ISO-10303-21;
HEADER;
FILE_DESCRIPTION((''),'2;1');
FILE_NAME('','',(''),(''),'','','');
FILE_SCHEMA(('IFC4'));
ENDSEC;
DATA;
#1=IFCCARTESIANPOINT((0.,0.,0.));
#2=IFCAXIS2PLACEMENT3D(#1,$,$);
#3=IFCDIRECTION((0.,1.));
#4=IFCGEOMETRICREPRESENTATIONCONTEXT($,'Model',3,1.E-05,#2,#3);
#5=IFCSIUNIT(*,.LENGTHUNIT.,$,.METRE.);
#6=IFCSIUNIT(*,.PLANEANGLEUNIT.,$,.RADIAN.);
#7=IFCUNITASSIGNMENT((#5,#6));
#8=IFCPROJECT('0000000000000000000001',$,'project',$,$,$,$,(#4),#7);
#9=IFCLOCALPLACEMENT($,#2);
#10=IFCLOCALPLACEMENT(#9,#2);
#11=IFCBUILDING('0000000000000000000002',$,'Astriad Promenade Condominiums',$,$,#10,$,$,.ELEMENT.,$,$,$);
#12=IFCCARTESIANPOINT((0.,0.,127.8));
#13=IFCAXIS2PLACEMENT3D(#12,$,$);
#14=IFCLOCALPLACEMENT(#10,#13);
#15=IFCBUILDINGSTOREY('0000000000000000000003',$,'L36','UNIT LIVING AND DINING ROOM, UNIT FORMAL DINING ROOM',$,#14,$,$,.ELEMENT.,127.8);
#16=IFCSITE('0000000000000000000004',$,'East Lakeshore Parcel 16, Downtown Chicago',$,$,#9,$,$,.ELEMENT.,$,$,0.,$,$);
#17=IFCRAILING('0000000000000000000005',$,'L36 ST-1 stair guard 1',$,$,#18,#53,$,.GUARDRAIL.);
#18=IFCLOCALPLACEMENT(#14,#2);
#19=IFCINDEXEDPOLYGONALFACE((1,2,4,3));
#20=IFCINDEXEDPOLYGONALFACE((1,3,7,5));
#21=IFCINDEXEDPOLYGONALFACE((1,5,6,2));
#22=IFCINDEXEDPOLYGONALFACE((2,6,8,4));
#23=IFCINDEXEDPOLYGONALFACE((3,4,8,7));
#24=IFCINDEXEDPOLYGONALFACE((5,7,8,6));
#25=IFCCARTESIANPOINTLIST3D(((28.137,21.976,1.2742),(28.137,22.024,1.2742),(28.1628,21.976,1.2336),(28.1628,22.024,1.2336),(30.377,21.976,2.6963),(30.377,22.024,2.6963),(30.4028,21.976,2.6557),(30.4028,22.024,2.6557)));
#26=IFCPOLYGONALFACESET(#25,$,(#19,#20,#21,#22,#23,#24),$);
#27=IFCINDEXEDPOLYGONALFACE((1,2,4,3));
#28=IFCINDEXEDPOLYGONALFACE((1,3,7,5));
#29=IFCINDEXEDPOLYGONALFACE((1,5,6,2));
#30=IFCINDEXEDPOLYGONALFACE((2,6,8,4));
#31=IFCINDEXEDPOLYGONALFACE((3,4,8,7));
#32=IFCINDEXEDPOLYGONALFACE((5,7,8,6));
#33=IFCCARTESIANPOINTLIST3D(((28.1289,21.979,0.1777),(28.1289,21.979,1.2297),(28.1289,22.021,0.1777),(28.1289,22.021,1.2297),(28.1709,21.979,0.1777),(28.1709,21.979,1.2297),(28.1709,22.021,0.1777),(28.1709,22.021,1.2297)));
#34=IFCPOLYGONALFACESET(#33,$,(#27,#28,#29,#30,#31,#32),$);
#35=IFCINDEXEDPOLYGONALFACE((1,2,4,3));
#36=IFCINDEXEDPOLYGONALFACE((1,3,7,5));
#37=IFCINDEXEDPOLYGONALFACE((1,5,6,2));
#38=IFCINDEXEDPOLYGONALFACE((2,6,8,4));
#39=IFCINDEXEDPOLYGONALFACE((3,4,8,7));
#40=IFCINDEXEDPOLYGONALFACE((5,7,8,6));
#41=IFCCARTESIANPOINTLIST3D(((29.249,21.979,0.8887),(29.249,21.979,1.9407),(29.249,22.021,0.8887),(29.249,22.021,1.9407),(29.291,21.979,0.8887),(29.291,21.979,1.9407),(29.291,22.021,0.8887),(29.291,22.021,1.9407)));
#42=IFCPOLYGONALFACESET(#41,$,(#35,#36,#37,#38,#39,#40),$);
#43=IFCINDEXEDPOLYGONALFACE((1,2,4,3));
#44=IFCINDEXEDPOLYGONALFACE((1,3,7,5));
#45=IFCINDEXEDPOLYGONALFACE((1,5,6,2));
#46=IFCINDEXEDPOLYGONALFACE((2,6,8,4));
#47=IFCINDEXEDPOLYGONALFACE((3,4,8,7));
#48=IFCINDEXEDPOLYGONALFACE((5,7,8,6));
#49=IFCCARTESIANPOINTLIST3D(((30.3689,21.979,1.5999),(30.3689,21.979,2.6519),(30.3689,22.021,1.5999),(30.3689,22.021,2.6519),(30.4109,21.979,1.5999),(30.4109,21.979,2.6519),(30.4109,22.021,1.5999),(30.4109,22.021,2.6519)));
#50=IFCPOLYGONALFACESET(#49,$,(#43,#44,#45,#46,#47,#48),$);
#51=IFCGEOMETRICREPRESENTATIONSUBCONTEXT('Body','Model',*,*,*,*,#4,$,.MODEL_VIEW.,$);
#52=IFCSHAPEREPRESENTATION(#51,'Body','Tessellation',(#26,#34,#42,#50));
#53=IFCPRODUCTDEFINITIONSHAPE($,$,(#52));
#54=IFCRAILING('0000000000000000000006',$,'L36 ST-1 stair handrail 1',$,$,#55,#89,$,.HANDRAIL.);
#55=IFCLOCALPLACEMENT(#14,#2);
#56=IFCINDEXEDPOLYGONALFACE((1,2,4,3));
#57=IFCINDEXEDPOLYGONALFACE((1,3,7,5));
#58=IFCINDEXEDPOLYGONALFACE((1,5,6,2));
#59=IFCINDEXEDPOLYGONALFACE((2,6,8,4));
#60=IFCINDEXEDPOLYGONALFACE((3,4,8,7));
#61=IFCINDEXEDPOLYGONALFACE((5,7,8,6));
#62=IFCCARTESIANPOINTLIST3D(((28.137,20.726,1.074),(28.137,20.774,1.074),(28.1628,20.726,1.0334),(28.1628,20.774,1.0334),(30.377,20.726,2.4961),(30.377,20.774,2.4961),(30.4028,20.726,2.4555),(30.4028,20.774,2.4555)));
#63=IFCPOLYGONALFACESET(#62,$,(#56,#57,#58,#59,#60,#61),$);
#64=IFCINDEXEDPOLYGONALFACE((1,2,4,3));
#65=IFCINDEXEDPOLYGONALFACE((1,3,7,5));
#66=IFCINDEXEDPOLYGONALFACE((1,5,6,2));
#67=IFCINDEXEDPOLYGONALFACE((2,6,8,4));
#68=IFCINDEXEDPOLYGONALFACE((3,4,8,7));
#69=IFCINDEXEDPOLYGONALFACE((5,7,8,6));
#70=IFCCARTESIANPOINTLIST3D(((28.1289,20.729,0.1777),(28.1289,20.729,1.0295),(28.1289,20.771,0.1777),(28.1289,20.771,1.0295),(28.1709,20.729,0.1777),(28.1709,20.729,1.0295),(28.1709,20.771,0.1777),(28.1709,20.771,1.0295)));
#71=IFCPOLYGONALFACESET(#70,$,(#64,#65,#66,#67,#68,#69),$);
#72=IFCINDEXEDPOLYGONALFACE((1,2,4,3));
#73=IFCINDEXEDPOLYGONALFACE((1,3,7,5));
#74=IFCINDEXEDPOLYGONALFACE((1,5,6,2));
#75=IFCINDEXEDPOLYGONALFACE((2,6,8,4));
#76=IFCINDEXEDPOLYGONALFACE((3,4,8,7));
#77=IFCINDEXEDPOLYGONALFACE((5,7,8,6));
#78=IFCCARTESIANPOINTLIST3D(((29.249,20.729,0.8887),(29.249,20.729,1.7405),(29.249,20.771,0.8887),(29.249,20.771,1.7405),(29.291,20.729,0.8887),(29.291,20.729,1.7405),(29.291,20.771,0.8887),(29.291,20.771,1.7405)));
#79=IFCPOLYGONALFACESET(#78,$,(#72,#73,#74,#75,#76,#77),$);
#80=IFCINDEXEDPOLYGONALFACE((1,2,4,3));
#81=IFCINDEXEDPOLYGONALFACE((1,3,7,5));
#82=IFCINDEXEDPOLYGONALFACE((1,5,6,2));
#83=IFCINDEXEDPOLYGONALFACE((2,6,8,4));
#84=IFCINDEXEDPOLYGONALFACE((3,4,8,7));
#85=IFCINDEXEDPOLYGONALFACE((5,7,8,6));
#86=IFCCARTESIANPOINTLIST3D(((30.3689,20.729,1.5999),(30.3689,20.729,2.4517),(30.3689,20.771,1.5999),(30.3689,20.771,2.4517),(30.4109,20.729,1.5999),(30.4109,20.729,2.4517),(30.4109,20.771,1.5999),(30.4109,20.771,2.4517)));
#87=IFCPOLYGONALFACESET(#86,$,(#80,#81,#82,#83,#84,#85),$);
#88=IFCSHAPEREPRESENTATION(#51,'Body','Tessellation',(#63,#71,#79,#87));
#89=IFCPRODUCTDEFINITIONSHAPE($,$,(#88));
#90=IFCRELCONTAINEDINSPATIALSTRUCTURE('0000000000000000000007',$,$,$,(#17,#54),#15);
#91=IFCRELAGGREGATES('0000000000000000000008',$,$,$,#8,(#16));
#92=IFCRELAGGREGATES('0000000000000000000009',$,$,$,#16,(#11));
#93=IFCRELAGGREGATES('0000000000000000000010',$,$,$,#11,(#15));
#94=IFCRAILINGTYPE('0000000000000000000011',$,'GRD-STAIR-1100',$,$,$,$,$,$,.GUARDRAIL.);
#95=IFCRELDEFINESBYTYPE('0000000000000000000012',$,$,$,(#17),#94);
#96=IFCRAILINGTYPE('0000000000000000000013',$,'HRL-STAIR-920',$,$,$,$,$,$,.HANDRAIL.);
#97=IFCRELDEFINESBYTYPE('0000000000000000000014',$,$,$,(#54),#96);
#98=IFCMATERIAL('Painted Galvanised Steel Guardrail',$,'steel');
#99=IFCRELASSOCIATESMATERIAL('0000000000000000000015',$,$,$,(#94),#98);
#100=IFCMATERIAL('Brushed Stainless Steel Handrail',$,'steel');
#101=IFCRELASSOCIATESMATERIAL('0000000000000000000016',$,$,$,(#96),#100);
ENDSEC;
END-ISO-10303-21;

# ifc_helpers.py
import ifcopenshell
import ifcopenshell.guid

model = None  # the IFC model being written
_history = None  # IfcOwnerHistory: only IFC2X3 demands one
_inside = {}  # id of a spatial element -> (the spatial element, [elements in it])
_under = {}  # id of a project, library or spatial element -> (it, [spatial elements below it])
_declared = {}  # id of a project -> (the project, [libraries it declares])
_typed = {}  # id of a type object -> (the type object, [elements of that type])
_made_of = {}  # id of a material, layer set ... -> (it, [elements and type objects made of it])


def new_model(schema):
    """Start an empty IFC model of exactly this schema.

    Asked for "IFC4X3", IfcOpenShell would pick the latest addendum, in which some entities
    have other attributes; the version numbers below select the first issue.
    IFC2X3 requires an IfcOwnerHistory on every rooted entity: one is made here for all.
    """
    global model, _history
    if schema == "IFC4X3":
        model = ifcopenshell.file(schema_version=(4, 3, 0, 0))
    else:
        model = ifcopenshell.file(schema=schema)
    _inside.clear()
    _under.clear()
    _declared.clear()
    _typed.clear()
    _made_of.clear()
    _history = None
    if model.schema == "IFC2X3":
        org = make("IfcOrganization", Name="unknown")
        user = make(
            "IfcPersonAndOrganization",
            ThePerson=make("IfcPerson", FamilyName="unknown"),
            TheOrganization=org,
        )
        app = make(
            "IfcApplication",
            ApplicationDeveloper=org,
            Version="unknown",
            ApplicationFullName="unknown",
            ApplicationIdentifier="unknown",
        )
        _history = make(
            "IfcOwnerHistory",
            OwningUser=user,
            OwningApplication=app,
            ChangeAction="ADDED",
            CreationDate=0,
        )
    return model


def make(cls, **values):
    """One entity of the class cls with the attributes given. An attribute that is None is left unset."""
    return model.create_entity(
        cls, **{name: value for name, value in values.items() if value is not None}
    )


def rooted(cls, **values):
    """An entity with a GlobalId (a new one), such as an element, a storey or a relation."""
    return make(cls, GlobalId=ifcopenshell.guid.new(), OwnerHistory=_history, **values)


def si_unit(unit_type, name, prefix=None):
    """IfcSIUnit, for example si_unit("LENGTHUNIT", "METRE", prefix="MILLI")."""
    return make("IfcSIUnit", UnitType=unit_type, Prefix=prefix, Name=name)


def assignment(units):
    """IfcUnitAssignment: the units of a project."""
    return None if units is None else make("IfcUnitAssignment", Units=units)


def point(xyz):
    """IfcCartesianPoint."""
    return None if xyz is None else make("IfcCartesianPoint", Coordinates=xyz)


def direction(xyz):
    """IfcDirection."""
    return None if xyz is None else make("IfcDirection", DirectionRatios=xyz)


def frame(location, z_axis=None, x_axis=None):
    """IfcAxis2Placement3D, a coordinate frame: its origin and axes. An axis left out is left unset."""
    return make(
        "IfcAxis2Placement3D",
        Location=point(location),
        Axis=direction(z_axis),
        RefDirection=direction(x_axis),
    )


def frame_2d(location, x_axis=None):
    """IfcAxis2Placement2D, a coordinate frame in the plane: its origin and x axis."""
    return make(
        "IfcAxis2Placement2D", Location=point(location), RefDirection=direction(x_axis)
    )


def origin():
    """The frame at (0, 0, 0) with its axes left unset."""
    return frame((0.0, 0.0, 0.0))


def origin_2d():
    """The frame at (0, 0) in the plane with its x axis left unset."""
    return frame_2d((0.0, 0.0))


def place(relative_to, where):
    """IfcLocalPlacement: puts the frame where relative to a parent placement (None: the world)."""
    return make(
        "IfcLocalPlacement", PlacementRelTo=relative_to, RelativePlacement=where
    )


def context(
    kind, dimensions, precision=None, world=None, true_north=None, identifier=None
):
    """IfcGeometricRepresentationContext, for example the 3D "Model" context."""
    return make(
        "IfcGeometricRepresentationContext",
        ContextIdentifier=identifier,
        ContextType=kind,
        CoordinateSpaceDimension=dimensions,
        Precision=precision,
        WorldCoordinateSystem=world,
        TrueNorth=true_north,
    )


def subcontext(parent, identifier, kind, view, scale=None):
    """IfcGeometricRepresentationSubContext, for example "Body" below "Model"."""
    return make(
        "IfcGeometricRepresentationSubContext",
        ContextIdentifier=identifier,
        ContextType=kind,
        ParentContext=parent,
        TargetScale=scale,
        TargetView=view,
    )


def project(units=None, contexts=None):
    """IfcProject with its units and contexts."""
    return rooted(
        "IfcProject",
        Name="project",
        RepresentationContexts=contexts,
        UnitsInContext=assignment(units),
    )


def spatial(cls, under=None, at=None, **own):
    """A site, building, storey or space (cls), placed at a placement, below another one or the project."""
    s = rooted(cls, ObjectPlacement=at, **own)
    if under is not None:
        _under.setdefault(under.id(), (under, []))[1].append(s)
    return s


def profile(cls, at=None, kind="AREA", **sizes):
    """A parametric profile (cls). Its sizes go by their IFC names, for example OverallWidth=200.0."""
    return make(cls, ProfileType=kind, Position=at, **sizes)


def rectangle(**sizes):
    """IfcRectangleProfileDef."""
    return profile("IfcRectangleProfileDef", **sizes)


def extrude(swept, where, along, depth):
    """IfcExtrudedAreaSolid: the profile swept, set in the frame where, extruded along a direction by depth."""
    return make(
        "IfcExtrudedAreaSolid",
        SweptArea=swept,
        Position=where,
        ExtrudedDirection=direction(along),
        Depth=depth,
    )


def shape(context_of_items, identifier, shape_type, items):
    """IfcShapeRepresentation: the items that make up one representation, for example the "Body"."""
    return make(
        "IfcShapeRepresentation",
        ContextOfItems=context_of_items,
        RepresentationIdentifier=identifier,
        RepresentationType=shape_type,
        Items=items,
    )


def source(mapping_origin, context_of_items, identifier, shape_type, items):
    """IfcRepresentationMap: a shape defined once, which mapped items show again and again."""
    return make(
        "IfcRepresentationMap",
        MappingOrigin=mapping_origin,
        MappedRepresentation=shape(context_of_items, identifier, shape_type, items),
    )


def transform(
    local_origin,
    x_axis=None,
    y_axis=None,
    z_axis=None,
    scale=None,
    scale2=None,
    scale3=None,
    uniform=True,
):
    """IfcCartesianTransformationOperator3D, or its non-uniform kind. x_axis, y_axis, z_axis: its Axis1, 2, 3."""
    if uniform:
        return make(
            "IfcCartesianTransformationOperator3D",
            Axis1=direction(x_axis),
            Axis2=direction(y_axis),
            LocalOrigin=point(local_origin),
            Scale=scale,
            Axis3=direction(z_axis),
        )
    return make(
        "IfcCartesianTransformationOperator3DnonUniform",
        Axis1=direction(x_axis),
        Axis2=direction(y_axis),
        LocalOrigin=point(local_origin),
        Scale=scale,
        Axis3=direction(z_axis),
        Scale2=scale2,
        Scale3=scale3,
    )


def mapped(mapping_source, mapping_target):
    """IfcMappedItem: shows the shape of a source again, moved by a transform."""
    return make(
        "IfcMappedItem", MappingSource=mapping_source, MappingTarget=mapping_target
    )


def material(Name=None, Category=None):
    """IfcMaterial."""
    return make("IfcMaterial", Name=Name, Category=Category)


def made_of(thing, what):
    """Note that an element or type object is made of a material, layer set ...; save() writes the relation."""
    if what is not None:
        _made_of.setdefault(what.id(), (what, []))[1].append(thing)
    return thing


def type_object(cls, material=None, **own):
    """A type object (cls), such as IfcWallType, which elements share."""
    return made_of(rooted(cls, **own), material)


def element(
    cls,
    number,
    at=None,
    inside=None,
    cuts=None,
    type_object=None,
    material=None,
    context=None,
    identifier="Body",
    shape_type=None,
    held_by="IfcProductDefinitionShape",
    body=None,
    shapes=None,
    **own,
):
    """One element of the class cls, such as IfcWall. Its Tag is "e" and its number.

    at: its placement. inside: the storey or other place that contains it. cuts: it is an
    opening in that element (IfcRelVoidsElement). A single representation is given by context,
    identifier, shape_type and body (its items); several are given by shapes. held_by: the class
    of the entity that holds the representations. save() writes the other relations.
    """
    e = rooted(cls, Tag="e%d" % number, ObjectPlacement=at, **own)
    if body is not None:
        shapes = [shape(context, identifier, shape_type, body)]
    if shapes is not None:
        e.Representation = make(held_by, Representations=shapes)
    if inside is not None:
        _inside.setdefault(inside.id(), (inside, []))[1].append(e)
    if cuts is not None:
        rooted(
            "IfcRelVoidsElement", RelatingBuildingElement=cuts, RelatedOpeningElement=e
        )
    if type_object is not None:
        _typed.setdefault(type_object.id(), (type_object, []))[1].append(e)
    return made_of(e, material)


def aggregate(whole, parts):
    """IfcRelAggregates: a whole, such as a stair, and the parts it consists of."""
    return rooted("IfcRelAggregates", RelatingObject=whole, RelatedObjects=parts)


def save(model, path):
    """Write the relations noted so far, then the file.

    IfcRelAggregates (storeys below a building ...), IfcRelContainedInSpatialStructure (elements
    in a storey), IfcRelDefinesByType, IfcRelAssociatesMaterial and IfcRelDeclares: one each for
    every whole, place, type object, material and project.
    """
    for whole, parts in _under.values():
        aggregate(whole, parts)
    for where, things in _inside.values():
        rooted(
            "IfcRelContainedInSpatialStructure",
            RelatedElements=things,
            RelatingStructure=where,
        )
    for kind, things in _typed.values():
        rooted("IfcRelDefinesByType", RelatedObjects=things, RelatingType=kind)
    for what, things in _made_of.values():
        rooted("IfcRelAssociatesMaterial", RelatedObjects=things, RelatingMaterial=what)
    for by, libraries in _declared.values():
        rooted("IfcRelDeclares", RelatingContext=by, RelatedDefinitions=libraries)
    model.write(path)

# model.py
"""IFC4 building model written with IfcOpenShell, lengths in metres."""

from ifc_helpers import new_model, si_unit, direction, frame, origin, origin_2d, place, context, subcontext, project, spatial, rectangle, extrude, source, transform, mapped, material, type_object, element, save


model = new_model("IFC4")

# Units and contexts
model_context = context("Model", 3, precision=1e-05, world=origin(), true_north=direction((0.0, 1.0)))
body_context = subcontext(model_context, "Body", "Model", "MODEL_VIEW")
ifc_project = project(units=[si_unit("LENGTHUNIT", "METRE"), si_unit("PLANEANGLEUNIT", "RADIAN")], contexts=[model_context])

# Site, building, storey
site_placement = place(None, origin())
site = spatial("IfcSite", under=ifc_project, at=site_placement, Name="East Lakeshore Parcel 16, Downtown Chicago", CompositionType="ELEMENT", RefElevation=0.0)
building_placement = place(site_placement, origin())
building = spatial("IfcBuilding", under=site, at=building_placement, Name="Astriad Promenade Condominiums", CompositionType="ELEMENT")
storey_placement = place(building_placement, frame((0.0, 0.0, 127.8)))
storey = spatial("IfcBuildingStorey", under=building, at=storey_placement, Name="L36", Description="UNIT LIVING AND DINING ROOM, UNIT FORMAL DINING ROOM", CompositionType="ELEMENT", Elevation=127.8)

# Railings
ifc_material_1 = material(Name="Painted Galvanised Steel Guardrail", Category="steel")
railing_type_1 = type_object("IfcRailingType", Name="GRD-STAIR-1100", PredefinedType="GUARDRAIL", material=ifc_material_1)
ifc_material_2 = material(Name="Brushed Stainless Steel Handrail", Category="steel")
railing_type_2 = type_object("IfcRailingType", Name="HRL-STAIR-920", PredefinedType="HANDRAIL", material=ifc_material_2)
shared_shape_1 = source(origin(), body_context, "Body", "SweptSolid", [
    extrude(rectangle(XDim=0.0481, YDim=0.0481, at=origin_2d()), frame((0.0, 0.0, 1.0762), z_axis=(0.844229, 0.0, 0.535982), x_axis=(0.0, 1.0, 0.0)), (0.0, 0.0, 1.0), 2.6533),
    extrude(rectangle(XDim=0.042, YDim=0.042, at=origin_2d()), origin(), (0.0, 0.0, 1.0), 1.052),
    extrude(rectangle(XDim=0.042, YDim=0.042, at=origin_2d()), frame((1.1201, 0.0, 0.7109)), (0.0, 0.0, 1.0), 1.052),
    extrude(rectangle(XDim=0.042, YDim=0.042, at=origin_2d()), frame((2.24, 0.0, 1.4221)), (0.0, 0.0, 1.0), 1.052),
])
railing_1_placement = place(storey_placement, frame((28.1499, 22.0, 0.1777)))
element("IfcRailing", 1, at=railing_1_placement, inside=storey, type_object=railing_type_1, Name="L36 ST-1 stair guard 1", PredefinedType="GUARDRAIL", context=body_context, shape_type="MappedRepresentation", body=[
    mapped(shared_shape_1, transform((0.0, 0.0, 0.0), scale=1.0)),
])
shared_shape_2 = source(origin(), body_context, "Body", "SweptSolid", [
    extrude(rectangle(XDim=0.0481, YDim=0.0481, at=origin_2d()), frame((0.0, 0.0, 0.876), z_axis=(0.844229, 0.0, 0.535982), x_axis=(0.0, 1.0, 0.0)), (0.0, 0.0, 1.0), 2.6533),
    extrude(rectangle(XDim=0.042, YDim=0.042, at=origin_2d()), origin(), (0.0, 0.0, 1.0), 0.8518),
    extrude(rectangle(XDim=0.042, YDim=0.042, at=origin_2d()), frame((1.1201, 0.0, 0.7109)), (0.0, 0.0, 1.0), 0.8518),
    extrude(rectangle(XDim=0.042, YDim=0.042, at=origin_2d()), frame((2.24, 0.0, 1.4221)), (0.0, 0.0, 1.0), 0.8518),
])
railing_2_placement = place(storey_placement, frame((28.1499, 20.75, 0.1777)))
element("IfcRailing", 2, at=railing_2_placement, inside=storey, type_object=railing_type_2, Name="L36 ST-1 stair handrail 1", PredefinedType="HANDRAIL", context=body_context, shape_type="MappedRepresentation", body=[
    mapped(shared_shape_2, transform((0.0, 0.0, 0.0), scale=1.0)),
])

save(model, "model.ifc")
